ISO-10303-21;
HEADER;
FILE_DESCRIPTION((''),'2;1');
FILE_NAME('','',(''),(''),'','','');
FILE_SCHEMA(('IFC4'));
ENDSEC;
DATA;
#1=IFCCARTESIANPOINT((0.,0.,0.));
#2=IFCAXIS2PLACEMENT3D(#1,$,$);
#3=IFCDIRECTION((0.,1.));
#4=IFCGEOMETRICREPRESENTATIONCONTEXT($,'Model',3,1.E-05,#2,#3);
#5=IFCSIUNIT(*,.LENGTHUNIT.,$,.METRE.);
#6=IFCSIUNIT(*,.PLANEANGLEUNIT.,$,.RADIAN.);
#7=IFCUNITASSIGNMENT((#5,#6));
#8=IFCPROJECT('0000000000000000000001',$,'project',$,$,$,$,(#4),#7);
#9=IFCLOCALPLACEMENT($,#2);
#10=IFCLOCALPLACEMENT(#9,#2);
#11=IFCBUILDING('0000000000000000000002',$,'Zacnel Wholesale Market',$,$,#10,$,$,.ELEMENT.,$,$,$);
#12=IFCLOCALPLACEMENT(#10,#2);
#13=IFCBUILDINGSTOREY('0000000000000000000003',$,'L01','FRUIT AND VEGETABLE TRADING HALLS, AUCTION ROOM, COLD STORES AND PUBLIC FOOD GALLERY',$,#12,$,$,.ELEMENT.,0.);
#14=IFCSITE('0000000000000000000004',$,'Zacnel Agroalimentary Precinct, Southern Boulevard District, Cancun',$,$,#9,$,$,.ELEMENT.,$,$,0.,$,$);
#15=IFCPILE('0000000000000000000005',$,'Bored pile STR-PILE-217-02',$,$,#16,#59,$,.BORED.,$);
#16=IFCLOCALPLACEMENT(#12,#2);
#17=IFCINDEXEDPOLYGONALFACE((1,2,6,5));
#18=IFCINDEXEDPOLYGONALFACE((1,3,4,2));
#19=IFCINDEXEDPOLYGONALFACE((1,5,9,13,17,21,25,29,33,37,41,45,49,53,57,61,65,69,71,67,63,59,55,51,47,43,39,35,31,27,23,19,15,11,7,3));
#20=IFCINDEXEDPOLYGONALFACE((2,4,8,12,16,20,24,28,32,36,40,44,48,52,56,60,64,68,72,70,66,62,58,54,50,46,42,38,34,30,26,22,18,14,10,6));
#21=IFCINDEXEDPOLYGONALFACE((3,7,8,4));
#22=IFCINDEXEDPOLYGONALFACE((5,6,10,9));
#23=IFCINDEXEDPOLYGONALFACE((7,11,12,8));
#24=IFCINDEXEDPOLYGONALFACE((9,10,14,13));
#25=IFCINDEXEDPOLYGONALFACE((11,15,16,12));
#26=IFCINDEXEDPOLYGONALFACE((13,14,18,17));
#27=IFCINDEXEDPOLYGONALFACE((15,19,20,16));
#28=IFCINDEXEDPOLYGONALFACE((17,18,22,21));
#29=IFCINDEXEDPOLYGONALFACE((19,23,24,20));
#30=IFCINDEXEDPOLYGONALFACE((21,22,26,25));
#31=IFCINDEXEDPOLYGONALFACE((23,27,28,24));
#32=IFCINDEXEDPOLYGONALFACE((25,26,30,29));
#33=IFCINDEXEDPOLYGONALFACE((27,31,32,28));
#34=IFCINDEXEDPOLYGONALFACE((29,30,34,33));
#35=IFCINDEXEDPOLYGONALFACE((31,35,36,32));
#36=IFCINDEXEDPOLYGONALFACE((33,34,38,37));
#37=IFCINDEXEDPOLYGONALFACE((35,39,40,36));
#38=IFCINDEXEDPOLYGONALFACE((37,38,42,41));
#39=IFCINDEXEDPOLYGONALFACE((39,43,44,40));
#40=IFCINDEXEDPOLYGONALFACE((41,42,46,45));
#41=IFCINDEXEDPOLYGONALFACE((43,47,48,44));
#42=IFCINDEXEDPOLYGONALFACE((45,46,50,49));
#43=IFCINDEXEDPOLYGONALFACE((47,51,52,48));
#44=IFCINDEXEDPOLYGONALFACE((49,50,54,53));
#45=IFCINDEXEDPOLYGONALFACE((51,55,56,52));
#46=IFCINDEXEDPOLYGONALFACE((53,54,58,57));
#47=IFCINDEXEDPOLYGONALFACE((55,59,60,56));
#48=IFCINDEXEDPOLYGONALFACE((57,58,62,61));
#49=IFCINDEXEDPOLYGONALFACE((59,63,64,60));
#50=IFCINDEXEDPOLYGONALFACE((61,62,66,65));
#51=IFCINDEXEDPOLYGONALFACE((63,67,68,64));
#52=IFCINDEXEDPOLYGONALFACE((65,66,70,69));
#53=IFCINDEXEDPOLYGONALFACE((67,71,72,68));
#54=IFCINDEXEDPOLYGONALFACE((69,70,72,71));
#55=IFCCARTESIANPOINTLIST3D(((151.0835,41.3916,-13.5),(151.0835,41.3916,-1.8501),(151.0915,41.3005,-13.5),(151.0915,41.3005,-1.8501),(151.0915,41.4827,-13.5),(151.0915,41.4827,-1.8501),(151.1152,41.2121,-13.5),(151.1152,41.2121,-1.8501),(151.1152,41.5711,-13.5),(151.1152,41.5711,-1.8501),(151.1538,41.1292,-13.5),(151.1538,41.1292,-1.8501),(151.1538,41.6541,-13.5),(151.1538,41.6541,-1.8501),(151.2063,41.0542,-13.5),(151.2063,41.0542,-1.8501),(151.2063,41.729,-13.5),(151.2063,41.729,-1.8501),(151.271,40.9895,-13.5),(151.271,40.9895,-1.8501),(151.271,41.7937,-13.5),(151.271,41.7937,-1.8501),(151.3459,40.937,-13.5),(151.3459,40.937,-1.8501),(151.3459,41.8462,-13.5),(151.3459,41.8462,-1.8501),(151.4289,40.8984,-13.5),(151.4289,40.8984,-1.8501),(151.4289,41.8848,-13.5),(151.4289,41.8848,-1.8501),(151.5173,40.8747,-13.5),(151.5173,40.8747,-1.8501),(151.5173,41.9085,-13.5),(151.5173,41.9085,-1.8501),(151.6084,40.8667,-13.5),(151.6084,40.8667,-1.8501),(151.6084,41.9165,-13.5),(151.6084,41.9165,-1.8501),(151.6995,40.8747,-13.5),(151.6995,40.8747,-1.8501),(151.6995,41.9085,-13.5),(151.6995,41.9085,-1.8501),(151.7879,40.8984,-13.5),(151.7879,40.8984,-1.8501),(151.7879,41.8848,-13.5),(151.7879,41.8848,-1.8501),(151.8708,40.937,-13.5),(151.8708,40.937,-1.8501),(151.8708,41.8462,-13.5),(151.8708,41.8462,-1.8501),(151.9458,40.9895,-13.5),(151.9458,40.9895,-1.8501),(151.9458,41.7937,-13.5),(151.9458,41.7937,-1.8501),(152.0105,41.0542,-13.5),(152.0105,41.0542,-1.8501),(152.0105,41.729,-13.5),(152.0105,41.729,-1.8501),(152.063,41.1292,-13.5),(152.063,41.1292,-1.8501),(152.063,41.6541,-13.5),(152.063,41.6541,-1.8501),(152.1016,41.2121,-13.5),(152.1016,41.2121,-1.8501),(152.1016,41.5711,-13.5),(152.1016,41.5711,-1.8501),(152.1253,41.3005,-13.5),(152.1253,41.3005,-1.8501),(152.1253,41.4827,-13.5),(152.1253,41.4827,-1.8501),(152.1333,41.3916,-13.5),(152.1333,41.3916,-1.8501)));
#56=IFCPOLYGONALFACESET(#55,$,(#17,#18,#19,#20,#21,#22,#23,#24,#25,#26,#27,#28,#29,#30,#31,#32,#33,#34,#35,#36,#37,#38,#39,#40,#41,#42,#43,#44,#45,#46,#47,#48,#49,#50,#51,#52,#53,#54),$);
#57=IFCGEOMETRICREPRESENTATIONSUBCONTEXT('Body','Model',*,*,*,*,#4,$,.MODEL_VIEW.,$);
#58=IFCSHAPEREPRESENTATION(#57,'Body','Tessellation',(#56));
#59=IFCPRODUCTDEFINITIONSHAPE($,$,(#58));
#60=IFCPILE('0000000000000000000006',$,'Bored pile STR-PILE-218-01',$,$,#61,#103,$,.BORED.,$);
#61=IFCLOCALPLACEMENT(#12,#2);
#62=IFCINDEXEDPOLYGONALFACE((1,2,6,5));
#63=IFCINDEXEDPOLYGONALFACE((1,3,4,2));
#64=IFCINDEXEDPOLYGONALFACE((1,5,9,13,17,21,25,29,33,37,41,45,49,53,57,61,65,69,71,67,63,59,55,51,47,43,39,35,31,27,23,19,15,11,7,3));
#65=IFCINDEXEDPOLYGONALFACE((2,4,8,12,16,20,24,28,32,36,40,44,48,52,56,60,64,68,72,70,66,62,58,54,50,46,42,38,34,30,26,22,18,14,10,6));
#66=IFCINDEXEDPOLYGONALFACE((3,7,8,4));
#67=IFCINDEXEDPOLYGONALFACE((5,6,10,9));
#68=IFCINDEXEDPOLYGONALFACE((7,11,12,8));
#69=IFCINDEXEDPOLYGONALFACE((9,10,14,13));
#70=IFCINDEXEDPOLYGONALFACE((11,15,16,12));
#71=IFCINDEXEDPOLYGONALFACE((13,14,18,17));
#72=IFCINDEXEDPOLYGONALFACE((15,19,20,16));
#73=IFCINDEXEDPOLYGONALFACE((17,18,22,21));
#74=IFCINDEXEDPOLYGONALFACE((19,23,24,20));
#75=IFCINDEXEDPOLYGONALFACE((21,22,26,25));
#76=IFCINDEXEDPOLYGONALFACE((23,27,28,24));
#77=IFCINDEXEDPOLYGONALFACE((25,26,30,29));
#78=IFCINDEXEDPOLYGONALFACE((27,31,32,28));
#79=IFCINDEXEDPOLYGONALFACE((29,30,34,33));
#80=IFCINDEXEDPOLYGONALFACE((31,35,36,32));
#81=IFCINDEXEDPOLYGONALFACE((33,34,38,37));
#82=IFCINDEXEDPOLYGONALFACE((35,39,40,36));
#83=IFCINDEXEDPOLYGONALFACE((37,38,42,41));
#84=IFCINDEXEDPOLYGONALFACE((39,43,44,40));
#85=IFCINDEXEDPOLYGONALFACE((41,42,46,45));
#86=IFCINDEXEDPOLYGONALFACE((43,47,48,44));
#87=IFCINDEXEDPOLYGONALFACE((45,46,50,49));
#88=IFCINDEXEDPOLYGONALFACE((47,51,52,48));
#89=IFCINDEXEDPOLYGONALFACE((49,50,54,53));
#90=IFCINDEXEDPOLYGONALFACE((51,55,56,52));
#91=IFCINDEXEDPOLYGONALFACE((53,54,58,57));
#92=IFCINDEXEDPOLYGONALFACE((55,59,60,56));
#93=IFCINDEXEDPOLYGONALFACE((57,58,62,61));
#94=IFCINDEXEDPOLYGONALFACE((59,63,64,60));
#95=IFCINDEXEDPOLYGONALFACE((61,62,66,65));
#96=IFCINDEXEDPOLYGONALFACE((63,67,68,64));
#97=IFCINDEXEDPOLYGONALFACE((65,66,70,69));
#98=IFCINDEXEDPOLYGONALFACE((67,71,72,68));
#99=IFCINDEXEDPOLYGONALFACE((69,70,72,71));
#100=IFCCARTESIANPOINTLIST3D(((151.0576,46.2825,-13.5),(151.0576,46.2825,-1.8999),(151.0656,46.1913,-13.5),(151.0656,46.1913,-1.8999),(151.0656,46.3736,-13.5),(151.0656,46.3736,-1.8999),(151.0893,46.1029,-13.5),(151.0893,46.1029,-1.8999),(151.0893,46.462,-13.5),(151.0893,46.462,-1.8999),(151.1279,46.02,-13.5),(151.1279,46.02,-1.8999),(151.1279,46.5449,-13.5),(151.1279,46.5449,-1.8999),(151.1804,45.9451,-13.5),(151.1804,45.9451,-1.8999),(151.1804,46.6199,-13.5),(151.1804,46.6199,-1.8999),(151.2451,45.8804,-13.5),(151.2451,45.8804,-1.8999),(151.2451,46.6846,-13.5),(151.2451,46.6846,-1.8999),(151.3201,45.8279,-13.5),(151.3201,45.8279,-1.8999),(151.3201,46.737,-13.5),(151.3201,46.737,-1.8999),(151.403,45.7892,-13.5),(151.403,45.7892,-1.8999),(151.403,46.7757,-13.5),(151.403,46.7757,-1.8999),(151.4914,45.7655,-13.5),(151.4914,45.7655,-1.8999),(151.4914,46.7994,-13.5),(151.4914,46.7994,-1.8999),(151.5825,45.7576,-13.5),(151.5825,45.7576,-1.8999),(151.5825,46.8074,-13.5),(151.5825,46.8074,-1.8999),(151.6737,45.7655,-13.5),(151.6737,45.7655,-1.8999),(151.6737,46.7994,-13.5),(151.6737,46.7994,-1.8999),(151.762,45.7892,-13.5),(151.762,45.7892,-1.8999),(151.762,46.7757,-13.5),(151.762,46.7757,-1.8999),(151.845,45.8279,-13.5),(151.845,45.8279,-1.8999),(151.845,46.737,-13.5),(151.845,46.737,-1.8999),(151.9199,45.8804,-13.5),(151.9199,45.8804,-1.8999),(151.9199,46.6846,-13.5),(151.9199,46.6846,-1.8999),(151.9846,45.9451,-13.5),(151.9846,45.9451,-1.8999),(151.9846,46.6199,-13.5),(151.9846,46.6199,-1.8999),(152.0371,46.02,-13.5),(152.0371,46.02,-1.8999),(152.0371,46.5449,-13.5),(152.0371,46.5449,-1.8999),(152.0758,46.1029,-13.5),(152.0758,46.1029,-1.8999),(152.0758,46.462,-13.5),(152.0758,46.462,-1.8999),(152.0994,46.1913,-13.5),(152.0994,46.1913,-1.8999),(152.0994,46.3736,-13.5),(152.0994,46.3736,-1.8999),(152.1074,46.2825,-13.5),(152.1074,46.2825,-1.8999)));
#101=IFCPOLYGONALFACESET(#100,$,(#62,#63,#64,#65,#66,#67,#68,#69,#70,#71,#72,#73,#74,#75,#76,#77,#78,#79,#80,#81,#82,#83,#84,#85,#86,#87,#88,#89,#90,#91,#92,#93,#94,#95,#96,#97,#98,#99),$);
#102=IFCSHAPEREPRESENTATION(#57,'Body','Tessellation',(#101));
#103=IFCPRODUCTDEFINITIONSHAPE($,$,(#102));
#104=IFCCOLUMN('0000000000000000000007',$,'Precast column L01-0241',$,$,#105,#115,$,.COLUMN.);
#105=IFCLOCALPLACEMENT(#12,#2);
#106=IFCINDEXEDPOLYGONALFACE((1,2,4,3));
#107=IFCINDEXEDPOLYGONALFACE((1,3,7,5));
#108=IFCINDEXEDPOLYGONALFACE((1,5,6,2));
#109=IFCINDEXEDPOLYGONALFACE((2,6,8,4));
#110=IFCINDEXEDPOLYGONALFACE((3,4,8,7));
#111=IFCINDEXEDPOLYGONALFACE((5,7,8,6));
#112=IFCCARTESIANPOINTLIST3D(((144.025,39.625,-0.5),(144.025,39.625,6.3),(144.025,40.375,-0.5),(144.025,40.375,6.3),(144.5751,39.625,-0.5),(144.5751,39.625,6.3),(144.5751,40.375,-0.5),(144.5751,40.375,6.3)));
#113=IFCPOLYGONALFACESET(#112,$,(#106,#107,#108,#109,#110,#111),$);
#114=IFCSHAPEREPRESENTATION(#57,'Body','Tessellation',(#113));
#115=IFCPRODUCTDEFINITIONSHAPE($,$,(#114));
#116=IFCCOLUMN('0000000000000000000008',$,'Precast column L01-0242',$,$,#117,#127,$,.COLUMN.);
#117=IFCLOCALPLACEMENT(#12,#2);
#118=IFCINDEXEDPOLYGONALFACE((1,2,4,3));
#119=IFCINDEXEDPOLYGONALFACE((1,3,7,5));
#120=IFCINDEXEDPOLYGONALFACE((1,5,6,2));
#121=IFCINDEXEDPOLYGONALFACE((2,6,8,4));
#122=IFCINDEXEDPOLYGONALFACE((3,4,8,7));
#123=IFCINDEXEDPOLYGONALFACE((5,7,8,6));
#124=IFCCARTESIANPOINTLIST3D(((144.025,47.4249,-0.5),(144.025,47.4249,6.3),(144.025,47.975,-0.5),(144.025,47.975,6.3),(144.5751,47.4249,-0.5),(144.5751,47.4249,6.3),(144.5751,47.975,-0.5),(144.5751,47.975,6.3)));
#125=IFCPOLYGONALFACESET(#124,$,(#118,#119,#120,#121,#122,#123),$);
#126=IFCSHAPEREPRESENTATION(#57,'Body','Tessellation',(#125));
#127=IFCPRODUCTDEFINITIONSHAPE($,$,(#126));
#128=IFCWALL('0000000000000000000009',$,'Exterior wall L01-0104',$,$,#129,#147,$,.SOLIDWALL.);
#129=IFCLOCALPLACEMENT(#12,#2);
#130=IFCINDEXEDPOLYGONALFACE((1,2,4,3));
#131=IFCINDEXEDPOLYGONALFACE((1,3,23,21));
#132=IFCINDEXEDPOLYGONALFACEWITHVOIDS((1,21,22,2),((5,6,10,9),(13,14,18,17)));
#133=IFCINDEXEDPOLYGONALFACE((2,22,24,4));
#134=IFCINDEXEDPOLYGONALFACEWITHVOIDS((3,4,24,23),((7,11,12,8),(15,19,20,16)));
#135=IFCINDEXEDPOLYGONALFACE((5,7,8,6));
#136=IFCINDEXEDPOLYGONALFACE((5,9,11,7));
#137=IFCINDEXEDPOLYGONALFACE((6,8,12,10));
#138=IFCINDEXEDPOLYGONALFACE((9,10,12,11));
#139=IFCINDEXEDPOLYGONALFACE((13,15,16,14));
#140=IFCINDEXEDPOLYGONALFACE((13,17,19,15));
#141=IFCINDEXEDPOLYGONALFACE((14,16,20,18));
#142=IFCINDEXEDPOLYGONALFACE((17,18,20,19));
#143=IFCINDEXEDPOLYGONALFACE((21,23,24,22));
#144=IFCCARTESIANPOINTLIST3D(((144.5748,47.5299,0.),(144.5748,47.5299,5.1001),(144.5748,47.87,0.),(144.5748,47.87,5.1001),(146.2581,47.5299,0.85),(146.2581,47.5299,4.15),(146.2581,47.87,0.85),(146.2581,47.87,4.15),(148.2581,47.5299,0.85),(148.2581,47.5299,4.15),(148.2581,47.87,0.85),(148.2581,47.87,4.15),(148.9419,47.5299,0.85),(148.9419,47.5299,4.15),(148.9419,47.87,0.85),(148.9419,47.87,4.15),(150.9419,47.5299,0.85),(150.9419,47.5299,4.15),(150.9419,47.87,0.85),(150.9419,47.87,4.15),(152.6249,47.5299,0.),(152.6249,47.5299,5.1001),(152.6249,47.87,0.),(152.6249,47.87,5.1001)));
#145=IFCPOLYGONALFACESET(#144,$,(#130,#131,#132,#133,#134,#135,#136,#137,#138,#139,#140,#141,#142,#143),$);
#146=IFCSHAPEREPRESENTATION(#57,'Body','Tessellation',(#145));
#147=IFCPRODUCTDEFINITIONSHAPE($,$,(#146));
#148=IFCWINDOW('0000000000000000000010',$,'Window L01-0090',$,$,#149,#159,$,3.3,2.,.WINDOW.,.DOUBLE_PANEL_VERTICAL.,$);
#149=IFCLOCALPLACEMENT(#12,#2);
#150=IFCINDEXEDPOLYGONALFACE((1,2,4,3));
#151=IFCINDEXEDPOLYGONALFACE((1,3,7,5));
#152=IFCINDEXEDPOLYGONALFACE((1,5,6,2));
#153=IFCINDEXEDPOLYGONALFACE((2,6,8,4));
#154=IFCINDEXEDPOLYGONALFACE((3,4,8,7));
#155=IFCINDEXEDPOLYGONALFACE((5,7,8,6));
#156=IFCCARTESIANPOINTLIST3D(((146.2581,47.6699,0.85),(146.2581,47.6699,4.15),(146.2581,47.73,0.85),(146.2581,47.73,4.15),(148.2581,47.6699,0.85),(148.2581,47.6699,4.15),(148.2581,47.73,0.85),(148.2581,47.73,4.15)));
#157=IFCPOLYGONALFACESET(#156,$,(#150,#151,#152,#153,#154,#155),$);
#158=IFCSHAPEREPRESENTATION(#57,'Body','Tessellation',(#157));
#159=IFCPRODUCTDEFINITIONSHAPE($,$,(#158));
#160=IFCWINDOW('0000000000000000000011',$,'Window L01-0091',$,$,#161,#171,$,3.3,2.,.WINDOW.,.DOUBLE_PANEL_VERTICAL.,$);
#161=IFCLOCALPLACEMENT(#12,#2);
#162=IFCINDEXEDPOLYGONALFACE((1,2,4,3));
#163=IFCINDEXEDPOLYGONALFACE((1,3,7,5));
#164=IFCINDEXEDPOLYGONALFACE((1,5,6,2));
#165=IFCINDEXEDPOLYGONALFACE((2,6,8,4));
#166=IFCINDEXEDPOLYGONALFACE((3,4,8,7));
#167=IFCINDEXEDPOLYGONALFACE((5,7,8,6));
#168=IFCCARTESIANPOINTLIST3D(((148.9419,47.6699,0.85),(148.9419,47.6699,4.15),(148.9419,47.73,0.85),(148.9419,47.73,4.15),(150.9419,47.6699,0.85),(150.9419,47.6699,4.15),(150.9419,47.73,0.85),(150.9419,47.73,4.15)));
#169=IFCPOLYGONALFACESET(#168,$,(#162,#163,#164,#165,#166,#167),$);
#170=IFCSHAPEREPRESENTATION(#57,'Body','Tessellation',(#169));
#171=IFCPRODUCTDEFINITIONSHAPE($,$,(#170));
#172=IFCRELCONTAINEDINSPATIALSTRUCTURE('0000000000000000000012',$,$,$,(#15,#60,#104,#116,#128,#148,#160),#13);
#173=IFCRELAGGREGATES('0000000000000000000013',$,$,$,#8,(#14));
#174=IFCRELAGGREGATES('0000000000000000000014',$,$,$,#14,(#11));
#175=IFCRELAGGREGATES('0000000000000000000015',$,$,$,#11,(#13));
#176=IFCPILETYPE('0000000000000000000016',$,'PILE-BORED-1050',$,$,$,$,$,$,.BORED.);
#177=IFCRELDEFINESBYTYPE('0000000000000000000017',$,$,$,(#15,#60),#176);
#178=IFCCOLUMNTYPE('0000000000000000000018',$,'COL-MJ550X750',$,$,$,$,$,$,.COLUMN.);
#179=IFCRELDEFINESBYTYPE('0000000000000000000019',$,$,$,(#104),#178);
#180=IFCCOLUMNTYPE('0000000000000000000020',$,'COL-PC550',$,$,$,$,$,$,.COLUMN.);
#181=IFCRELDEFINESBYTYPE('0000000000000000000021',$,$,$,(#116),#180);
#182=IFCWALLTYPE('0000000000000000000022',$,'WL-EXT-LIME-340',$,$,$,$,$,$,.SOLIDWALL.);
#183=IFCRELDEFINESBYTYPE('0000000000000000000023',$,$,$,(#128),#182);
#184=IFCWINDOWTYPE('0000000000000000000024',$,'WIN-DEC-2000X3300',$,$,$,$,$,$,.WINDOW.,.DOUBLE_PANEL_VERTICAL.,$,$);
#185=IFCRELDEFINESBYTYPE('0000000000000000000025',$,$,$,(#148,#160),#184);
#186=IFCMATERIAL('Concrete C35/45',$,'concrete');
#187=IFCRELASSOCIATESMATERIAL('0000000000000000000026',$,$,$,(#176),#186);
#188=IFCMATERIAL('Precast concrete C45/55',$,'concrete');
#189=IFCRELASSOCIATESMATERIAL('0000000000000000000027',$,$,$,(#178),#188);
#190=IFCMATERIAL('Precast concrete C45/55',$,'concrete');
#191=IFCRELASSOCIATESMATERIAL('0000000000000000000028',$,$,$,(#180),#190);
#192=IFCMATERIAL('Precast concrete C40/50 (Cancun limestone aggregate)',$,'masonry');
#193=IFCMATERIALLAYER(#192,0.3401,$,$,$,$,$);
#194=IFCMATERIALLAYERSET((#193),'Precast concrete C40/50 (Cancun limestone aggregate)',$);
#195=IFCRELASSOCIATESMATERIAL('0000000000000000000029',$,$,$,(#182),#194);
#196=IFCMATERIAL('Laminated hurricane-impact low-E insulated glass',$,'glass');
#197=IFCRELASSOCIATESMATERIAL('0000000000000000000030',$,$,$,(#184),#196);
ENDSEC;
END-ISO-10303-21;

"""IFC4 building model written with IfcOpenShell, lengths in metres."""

from ifc_helpers import new_model, si_unit, direction, frame, frame_2d, origin, origin_2d, place, context, subcontext, project, spatial, rectangle, circle, extrude, material, layer, layer_set, material_profile, profile_set, type_object, element, fill, save


model = new_model("IFC4")

# Units and contexts
model_context = context("Model", 3, precision=1e-05, world=origin(), true_north=direction((0.0, 1.0)))
body_context = subcontext(model_context, "Body", "Model", "MODEL_VIEW")
ifc_project = project(units=[si_unit("LENGTHUNIT", "METRE"), si_unit("PLANEANGLEUNIT", "RADIAN")], contexts=[model_context])

# Site, building, storey
site_placement = place(None, origin())
site = spatial("IfcSite", under=ifc_project, at=site_placement, Name="Zacnel Agroalimentary Precinct, Southern Boulevard District, Cancun", CompositionType="ELEMENT", RefElevation=0.0)
building_placement = place(site_placement, origin())
building = spatial("IfcBuilding", under=site, at=building_placement, Name="Zacnel Wholesale Market", CompositionType="ELEMENT")
storey_placement = place(building_placement, origin())
storey = spatial("IfcBuildingStorey", under=building, at=storey_placement, Name="L01", Description="FRUIT AND VEGETABLE TRADING HALLS, AUCTION ROOM, COLD STORES AND PUBLIC FOOD GALLERY", CompositionType="ELEMENT", Elevation=0.0)

# Piles
ifc_material_1 = material(Name="Concrete C35/45", Category="concrete")
ifc_material_profile_1 = material_profile(ifc_material_1, circle(Radius=0.5249, at=origin_2d()), Name="BORED PILE D1050")
ifc_profile_set_1 = profile_set([ifc_material_profile_1], Name="Concrete C35/45")
pile_type = type_object("IfcPileType", Name="PILE-BORED-1050", PredefinedType="BORED", material=ifc_profile_set_1)
for number, where, z_axis, x_axis, name in (
    (1, (151.6084, 41.3916, -1.8501), (0.0, 0.0, -1.0), (1.0, 0.0, 0.0), "Bored pile STR-PILE-217-02"),
):
    element("IfcPile", number, at=place(storey_placement, frame(where, z_axis=z_axis, x_axis=x_axis)), inside=storey, type_object=pile_type, Name=name, PredefinedType="BORED", context=body_context, shape_type="SweptSolid", body=[
        extrude(circle(Radius=0.5249, at=origin_2d()), origin(), (0.0, 0.0, 1.0), 11.6499),
    ])
pile_1_placement = place(storey_placement, frame((151.5825, 46.2825, -1.8999), z_axis=(0.0, 0.0, -1.0), x_axis=(1.0, 0.0, 0.0)))
element("IfcPile", 2, at=pile_1_placement, inside=storey, type_object=pile_type, Name="Bored pile STR-PILE-218-01", PredefinedType="BORED", context=body_context, shape_type="SweptSolid", body=[
    extrude(circle(Radius=0.5249, at=origin_2d()), origin(), (0.0, 0.0, 1.0), 11.6001),
])

# Columns
ifc_material_2 = material(Name="Precast concrete C45/55", Category="concrete")
ifc_material_profile_2 = material_profile(ifc_material_2, rectangle(XDim=0.55, YDim=0.75, at=origin_2d()), Name="PC 550x750")
ifc_profile_set_2 = profile_set([ifc_material_profile_2], Name="Precast concrete C45/55")
column_type_1 = type_object("IfcColumnType", Name="COL-MJ550X750", PredefinedType="COLUMN", material=ifc_profile_set_2)
column_1_placement = place(storey_placement, frame((144.3, 40.0, -0.5), z_axis=(0.0, 0.0, 1.0), x_axis=(1.0, 0.0, 0.0)))
element("IfcColumn", 3, at=column_1_placement, inside=storey, type_object=column_type_1, Name="Precast column L01-0241", PredefinedType="COLUMN", context=body_context, shape_type="SweptSolid", body=[
    extrude(rectangle(XDim=0.55, YDim=0.75, at=origin_2d()), origin(), (0.0, 0.0, 1.0), 6.8),
])
ifc_material_3 = material(Name="Precast concrete C45/55", Category="concrete")
ifc_material_profile_3 = material_profile(ifc_material_3, rectangle(XDim=0.55, YDim=0.55, at=origin_2d()), Name="PC 550x550")
ifc_profile_set_3 = profile_set([ifc_material_profile_3], Name="Precast concrete C45/55")
column_type_2 = type_object("IfcColumnType", Name="COL-PC550", PredefinedType="COLUMN", material=ifc_profile_set_3)
column_2_placement = place(storey_placement, frame((144.3, 47.7, -0.5), z_axis=(0.0, 0.0, 1.0), x_axis=(1.0, 0.0, 0.0)))
element("IfcColumn", 4, at=column_2_placement, inside=storey, type_object=column_type_2, Name="Precast column L01-0242", PredefinedType="COLUMN", context=body_context, shape_type="SweptSolid", body=[
    extrude(rectangle(XDim=0.55, YDim=0.55, at=origin_2d()), origin(), (0.0, 0.0, 1.0), 6.8),
])

# Wall, openings, windows
ifc_material_4 = material(Name="Precast concrete C40/50 (Cancun limestone aggregate)", Category="masonry")
ifc_layer_1 = layer(ifc_material_4, 0.3401)
ifc_layer_set_1 = layer_set([ifc_layer_1], Name="Precast concrete C40/50 (Cancun limestone aggregate)")
wall_type = type_object("IfcWallType", Name="WL-EXT-LIME-340", PredefinedType="SOLIDWALL", material=ifc_layer_set_1)
wall_1_placement = place(storey_placement, frame((144.575, 47.7, 0.0), z_axis=(0.0, 0.0, 1.0), x_axis=(1.0, 0.0, 0.0)))
wall_1 = element("IfcWall", 5, at=wall_1_placement, inside=storey, type_object=wall_type, Name="Exterior wall L01-0104", PredefinedType="SOLIDWALL", context=body_context, shape_type="SweptSolid", body=[
    extrude(rectangle(XDim=8.05, YDim=0.3401, at=frame_2d((4.0249, 0.0))), origin(), (0.0, 0.0, 1.0), 5.1001),
])
opening_1_placement = place(wall_1_placement, frame((1.6831, 0.0, 0.8501)))
opening_1 = element("IfcOpeningElement", 6, at=opening_1_placement, cuts=wall_1, PredefinedType="OPENING", context=body_context, shape_type="SweptSolid", body=[
    extrude(rectangle(XDim=2.0, YDim=3.3, at=frame_2d((1.0, 1.6499))), frame((0.0, 0.1799, 0.0), z_axis=(0.0, -1.0, 0.0), x_axis=(1.0, 0.0, 0.0)), (0.0, 0.0, 1.0), 0.3601),
])
opening_2_placement = place(wall_1_placement, frame((4.3669, 0.0, 0.8501)))
opening_2 = element("IfcOpeningElement", 7, at=opening_2_placement, cuts=wall_1, PredefinedType="OPENING", context=body_context, shape_type="SweptSolid", body=[
    extrude(rectangle(XDim=2.0, YDim=3.3, at=frame_2d((1.0, 1.6499))), frame((0.0, 0.1799, 0.0), z_axis=(0.0, -1.0, 0.0), x_axis=(1.0, 0.0, 0.0)), (0.0, 0.0, 1.0), 0.3601),
])
ifc_material_5 = material(Name="Laminated hurricane-impact low-E insulated glass", Category="glass")
window_type = type_object("IfcWindowType", Name="WIN-DEC-2000X3300", PartitioningType="DOUBLE_PANEL_VERTICAL", PredefinedType="WINDOW", material=ifc_material_5)
window_1_placement = place(opening_1_placement, origin())
window_1 = element("IfcWindow", 8, at=window_1_placement, inside=storey, type_object=window_type, Name="Window L01-0090", OverallHeight=3.3, OverallWidth=2.0, PartitioningType="DOUBLE_PANEL_VERTICAL", PredefinedType="WINDOW", context=body_context, shape_type="SweptSolid", body=[
    extrude(rectangle(XDim=2.0, YDim=3.3, at=frame_2d((1.0, 1.6499))), frame((0.0, 0.03, 0.0), z_axis=(0.0, -1.0, 0.0), x_axis=(1.0, 0.0, 0.0)), (0.0, 0.0, 1.0), 0.0601),
])
fill(opening_1, window_1)
window_2_placement = place(opening_2_placement, origin())
window_2 = element("IfcWindow", 9, at=window_2_placement, inside=storey, type_object=window_type, Name="Window L01-0091", OverallHeight=3.3, OverallWidth=2.0, PartitioningType="DOUBLE_PANEL_VERTICAL", PredefinedType="WINDOW", context=body_context, shape_type="SweptSolid", body=[
    extrude(rectangle(XDim=2.0, YDim=3.3, at=frame_2d((1.0, 1.6499))), frame((0.0, 0.03, 0.0), z_axis=(0.0, -1.0, 0.0), x_axis=(1.0, 0.0, 0.0)), (0.0, 0.0, 1.0), 0.0601),
])
fill(opening_2, window_2)

save(model, "model.ifc")
